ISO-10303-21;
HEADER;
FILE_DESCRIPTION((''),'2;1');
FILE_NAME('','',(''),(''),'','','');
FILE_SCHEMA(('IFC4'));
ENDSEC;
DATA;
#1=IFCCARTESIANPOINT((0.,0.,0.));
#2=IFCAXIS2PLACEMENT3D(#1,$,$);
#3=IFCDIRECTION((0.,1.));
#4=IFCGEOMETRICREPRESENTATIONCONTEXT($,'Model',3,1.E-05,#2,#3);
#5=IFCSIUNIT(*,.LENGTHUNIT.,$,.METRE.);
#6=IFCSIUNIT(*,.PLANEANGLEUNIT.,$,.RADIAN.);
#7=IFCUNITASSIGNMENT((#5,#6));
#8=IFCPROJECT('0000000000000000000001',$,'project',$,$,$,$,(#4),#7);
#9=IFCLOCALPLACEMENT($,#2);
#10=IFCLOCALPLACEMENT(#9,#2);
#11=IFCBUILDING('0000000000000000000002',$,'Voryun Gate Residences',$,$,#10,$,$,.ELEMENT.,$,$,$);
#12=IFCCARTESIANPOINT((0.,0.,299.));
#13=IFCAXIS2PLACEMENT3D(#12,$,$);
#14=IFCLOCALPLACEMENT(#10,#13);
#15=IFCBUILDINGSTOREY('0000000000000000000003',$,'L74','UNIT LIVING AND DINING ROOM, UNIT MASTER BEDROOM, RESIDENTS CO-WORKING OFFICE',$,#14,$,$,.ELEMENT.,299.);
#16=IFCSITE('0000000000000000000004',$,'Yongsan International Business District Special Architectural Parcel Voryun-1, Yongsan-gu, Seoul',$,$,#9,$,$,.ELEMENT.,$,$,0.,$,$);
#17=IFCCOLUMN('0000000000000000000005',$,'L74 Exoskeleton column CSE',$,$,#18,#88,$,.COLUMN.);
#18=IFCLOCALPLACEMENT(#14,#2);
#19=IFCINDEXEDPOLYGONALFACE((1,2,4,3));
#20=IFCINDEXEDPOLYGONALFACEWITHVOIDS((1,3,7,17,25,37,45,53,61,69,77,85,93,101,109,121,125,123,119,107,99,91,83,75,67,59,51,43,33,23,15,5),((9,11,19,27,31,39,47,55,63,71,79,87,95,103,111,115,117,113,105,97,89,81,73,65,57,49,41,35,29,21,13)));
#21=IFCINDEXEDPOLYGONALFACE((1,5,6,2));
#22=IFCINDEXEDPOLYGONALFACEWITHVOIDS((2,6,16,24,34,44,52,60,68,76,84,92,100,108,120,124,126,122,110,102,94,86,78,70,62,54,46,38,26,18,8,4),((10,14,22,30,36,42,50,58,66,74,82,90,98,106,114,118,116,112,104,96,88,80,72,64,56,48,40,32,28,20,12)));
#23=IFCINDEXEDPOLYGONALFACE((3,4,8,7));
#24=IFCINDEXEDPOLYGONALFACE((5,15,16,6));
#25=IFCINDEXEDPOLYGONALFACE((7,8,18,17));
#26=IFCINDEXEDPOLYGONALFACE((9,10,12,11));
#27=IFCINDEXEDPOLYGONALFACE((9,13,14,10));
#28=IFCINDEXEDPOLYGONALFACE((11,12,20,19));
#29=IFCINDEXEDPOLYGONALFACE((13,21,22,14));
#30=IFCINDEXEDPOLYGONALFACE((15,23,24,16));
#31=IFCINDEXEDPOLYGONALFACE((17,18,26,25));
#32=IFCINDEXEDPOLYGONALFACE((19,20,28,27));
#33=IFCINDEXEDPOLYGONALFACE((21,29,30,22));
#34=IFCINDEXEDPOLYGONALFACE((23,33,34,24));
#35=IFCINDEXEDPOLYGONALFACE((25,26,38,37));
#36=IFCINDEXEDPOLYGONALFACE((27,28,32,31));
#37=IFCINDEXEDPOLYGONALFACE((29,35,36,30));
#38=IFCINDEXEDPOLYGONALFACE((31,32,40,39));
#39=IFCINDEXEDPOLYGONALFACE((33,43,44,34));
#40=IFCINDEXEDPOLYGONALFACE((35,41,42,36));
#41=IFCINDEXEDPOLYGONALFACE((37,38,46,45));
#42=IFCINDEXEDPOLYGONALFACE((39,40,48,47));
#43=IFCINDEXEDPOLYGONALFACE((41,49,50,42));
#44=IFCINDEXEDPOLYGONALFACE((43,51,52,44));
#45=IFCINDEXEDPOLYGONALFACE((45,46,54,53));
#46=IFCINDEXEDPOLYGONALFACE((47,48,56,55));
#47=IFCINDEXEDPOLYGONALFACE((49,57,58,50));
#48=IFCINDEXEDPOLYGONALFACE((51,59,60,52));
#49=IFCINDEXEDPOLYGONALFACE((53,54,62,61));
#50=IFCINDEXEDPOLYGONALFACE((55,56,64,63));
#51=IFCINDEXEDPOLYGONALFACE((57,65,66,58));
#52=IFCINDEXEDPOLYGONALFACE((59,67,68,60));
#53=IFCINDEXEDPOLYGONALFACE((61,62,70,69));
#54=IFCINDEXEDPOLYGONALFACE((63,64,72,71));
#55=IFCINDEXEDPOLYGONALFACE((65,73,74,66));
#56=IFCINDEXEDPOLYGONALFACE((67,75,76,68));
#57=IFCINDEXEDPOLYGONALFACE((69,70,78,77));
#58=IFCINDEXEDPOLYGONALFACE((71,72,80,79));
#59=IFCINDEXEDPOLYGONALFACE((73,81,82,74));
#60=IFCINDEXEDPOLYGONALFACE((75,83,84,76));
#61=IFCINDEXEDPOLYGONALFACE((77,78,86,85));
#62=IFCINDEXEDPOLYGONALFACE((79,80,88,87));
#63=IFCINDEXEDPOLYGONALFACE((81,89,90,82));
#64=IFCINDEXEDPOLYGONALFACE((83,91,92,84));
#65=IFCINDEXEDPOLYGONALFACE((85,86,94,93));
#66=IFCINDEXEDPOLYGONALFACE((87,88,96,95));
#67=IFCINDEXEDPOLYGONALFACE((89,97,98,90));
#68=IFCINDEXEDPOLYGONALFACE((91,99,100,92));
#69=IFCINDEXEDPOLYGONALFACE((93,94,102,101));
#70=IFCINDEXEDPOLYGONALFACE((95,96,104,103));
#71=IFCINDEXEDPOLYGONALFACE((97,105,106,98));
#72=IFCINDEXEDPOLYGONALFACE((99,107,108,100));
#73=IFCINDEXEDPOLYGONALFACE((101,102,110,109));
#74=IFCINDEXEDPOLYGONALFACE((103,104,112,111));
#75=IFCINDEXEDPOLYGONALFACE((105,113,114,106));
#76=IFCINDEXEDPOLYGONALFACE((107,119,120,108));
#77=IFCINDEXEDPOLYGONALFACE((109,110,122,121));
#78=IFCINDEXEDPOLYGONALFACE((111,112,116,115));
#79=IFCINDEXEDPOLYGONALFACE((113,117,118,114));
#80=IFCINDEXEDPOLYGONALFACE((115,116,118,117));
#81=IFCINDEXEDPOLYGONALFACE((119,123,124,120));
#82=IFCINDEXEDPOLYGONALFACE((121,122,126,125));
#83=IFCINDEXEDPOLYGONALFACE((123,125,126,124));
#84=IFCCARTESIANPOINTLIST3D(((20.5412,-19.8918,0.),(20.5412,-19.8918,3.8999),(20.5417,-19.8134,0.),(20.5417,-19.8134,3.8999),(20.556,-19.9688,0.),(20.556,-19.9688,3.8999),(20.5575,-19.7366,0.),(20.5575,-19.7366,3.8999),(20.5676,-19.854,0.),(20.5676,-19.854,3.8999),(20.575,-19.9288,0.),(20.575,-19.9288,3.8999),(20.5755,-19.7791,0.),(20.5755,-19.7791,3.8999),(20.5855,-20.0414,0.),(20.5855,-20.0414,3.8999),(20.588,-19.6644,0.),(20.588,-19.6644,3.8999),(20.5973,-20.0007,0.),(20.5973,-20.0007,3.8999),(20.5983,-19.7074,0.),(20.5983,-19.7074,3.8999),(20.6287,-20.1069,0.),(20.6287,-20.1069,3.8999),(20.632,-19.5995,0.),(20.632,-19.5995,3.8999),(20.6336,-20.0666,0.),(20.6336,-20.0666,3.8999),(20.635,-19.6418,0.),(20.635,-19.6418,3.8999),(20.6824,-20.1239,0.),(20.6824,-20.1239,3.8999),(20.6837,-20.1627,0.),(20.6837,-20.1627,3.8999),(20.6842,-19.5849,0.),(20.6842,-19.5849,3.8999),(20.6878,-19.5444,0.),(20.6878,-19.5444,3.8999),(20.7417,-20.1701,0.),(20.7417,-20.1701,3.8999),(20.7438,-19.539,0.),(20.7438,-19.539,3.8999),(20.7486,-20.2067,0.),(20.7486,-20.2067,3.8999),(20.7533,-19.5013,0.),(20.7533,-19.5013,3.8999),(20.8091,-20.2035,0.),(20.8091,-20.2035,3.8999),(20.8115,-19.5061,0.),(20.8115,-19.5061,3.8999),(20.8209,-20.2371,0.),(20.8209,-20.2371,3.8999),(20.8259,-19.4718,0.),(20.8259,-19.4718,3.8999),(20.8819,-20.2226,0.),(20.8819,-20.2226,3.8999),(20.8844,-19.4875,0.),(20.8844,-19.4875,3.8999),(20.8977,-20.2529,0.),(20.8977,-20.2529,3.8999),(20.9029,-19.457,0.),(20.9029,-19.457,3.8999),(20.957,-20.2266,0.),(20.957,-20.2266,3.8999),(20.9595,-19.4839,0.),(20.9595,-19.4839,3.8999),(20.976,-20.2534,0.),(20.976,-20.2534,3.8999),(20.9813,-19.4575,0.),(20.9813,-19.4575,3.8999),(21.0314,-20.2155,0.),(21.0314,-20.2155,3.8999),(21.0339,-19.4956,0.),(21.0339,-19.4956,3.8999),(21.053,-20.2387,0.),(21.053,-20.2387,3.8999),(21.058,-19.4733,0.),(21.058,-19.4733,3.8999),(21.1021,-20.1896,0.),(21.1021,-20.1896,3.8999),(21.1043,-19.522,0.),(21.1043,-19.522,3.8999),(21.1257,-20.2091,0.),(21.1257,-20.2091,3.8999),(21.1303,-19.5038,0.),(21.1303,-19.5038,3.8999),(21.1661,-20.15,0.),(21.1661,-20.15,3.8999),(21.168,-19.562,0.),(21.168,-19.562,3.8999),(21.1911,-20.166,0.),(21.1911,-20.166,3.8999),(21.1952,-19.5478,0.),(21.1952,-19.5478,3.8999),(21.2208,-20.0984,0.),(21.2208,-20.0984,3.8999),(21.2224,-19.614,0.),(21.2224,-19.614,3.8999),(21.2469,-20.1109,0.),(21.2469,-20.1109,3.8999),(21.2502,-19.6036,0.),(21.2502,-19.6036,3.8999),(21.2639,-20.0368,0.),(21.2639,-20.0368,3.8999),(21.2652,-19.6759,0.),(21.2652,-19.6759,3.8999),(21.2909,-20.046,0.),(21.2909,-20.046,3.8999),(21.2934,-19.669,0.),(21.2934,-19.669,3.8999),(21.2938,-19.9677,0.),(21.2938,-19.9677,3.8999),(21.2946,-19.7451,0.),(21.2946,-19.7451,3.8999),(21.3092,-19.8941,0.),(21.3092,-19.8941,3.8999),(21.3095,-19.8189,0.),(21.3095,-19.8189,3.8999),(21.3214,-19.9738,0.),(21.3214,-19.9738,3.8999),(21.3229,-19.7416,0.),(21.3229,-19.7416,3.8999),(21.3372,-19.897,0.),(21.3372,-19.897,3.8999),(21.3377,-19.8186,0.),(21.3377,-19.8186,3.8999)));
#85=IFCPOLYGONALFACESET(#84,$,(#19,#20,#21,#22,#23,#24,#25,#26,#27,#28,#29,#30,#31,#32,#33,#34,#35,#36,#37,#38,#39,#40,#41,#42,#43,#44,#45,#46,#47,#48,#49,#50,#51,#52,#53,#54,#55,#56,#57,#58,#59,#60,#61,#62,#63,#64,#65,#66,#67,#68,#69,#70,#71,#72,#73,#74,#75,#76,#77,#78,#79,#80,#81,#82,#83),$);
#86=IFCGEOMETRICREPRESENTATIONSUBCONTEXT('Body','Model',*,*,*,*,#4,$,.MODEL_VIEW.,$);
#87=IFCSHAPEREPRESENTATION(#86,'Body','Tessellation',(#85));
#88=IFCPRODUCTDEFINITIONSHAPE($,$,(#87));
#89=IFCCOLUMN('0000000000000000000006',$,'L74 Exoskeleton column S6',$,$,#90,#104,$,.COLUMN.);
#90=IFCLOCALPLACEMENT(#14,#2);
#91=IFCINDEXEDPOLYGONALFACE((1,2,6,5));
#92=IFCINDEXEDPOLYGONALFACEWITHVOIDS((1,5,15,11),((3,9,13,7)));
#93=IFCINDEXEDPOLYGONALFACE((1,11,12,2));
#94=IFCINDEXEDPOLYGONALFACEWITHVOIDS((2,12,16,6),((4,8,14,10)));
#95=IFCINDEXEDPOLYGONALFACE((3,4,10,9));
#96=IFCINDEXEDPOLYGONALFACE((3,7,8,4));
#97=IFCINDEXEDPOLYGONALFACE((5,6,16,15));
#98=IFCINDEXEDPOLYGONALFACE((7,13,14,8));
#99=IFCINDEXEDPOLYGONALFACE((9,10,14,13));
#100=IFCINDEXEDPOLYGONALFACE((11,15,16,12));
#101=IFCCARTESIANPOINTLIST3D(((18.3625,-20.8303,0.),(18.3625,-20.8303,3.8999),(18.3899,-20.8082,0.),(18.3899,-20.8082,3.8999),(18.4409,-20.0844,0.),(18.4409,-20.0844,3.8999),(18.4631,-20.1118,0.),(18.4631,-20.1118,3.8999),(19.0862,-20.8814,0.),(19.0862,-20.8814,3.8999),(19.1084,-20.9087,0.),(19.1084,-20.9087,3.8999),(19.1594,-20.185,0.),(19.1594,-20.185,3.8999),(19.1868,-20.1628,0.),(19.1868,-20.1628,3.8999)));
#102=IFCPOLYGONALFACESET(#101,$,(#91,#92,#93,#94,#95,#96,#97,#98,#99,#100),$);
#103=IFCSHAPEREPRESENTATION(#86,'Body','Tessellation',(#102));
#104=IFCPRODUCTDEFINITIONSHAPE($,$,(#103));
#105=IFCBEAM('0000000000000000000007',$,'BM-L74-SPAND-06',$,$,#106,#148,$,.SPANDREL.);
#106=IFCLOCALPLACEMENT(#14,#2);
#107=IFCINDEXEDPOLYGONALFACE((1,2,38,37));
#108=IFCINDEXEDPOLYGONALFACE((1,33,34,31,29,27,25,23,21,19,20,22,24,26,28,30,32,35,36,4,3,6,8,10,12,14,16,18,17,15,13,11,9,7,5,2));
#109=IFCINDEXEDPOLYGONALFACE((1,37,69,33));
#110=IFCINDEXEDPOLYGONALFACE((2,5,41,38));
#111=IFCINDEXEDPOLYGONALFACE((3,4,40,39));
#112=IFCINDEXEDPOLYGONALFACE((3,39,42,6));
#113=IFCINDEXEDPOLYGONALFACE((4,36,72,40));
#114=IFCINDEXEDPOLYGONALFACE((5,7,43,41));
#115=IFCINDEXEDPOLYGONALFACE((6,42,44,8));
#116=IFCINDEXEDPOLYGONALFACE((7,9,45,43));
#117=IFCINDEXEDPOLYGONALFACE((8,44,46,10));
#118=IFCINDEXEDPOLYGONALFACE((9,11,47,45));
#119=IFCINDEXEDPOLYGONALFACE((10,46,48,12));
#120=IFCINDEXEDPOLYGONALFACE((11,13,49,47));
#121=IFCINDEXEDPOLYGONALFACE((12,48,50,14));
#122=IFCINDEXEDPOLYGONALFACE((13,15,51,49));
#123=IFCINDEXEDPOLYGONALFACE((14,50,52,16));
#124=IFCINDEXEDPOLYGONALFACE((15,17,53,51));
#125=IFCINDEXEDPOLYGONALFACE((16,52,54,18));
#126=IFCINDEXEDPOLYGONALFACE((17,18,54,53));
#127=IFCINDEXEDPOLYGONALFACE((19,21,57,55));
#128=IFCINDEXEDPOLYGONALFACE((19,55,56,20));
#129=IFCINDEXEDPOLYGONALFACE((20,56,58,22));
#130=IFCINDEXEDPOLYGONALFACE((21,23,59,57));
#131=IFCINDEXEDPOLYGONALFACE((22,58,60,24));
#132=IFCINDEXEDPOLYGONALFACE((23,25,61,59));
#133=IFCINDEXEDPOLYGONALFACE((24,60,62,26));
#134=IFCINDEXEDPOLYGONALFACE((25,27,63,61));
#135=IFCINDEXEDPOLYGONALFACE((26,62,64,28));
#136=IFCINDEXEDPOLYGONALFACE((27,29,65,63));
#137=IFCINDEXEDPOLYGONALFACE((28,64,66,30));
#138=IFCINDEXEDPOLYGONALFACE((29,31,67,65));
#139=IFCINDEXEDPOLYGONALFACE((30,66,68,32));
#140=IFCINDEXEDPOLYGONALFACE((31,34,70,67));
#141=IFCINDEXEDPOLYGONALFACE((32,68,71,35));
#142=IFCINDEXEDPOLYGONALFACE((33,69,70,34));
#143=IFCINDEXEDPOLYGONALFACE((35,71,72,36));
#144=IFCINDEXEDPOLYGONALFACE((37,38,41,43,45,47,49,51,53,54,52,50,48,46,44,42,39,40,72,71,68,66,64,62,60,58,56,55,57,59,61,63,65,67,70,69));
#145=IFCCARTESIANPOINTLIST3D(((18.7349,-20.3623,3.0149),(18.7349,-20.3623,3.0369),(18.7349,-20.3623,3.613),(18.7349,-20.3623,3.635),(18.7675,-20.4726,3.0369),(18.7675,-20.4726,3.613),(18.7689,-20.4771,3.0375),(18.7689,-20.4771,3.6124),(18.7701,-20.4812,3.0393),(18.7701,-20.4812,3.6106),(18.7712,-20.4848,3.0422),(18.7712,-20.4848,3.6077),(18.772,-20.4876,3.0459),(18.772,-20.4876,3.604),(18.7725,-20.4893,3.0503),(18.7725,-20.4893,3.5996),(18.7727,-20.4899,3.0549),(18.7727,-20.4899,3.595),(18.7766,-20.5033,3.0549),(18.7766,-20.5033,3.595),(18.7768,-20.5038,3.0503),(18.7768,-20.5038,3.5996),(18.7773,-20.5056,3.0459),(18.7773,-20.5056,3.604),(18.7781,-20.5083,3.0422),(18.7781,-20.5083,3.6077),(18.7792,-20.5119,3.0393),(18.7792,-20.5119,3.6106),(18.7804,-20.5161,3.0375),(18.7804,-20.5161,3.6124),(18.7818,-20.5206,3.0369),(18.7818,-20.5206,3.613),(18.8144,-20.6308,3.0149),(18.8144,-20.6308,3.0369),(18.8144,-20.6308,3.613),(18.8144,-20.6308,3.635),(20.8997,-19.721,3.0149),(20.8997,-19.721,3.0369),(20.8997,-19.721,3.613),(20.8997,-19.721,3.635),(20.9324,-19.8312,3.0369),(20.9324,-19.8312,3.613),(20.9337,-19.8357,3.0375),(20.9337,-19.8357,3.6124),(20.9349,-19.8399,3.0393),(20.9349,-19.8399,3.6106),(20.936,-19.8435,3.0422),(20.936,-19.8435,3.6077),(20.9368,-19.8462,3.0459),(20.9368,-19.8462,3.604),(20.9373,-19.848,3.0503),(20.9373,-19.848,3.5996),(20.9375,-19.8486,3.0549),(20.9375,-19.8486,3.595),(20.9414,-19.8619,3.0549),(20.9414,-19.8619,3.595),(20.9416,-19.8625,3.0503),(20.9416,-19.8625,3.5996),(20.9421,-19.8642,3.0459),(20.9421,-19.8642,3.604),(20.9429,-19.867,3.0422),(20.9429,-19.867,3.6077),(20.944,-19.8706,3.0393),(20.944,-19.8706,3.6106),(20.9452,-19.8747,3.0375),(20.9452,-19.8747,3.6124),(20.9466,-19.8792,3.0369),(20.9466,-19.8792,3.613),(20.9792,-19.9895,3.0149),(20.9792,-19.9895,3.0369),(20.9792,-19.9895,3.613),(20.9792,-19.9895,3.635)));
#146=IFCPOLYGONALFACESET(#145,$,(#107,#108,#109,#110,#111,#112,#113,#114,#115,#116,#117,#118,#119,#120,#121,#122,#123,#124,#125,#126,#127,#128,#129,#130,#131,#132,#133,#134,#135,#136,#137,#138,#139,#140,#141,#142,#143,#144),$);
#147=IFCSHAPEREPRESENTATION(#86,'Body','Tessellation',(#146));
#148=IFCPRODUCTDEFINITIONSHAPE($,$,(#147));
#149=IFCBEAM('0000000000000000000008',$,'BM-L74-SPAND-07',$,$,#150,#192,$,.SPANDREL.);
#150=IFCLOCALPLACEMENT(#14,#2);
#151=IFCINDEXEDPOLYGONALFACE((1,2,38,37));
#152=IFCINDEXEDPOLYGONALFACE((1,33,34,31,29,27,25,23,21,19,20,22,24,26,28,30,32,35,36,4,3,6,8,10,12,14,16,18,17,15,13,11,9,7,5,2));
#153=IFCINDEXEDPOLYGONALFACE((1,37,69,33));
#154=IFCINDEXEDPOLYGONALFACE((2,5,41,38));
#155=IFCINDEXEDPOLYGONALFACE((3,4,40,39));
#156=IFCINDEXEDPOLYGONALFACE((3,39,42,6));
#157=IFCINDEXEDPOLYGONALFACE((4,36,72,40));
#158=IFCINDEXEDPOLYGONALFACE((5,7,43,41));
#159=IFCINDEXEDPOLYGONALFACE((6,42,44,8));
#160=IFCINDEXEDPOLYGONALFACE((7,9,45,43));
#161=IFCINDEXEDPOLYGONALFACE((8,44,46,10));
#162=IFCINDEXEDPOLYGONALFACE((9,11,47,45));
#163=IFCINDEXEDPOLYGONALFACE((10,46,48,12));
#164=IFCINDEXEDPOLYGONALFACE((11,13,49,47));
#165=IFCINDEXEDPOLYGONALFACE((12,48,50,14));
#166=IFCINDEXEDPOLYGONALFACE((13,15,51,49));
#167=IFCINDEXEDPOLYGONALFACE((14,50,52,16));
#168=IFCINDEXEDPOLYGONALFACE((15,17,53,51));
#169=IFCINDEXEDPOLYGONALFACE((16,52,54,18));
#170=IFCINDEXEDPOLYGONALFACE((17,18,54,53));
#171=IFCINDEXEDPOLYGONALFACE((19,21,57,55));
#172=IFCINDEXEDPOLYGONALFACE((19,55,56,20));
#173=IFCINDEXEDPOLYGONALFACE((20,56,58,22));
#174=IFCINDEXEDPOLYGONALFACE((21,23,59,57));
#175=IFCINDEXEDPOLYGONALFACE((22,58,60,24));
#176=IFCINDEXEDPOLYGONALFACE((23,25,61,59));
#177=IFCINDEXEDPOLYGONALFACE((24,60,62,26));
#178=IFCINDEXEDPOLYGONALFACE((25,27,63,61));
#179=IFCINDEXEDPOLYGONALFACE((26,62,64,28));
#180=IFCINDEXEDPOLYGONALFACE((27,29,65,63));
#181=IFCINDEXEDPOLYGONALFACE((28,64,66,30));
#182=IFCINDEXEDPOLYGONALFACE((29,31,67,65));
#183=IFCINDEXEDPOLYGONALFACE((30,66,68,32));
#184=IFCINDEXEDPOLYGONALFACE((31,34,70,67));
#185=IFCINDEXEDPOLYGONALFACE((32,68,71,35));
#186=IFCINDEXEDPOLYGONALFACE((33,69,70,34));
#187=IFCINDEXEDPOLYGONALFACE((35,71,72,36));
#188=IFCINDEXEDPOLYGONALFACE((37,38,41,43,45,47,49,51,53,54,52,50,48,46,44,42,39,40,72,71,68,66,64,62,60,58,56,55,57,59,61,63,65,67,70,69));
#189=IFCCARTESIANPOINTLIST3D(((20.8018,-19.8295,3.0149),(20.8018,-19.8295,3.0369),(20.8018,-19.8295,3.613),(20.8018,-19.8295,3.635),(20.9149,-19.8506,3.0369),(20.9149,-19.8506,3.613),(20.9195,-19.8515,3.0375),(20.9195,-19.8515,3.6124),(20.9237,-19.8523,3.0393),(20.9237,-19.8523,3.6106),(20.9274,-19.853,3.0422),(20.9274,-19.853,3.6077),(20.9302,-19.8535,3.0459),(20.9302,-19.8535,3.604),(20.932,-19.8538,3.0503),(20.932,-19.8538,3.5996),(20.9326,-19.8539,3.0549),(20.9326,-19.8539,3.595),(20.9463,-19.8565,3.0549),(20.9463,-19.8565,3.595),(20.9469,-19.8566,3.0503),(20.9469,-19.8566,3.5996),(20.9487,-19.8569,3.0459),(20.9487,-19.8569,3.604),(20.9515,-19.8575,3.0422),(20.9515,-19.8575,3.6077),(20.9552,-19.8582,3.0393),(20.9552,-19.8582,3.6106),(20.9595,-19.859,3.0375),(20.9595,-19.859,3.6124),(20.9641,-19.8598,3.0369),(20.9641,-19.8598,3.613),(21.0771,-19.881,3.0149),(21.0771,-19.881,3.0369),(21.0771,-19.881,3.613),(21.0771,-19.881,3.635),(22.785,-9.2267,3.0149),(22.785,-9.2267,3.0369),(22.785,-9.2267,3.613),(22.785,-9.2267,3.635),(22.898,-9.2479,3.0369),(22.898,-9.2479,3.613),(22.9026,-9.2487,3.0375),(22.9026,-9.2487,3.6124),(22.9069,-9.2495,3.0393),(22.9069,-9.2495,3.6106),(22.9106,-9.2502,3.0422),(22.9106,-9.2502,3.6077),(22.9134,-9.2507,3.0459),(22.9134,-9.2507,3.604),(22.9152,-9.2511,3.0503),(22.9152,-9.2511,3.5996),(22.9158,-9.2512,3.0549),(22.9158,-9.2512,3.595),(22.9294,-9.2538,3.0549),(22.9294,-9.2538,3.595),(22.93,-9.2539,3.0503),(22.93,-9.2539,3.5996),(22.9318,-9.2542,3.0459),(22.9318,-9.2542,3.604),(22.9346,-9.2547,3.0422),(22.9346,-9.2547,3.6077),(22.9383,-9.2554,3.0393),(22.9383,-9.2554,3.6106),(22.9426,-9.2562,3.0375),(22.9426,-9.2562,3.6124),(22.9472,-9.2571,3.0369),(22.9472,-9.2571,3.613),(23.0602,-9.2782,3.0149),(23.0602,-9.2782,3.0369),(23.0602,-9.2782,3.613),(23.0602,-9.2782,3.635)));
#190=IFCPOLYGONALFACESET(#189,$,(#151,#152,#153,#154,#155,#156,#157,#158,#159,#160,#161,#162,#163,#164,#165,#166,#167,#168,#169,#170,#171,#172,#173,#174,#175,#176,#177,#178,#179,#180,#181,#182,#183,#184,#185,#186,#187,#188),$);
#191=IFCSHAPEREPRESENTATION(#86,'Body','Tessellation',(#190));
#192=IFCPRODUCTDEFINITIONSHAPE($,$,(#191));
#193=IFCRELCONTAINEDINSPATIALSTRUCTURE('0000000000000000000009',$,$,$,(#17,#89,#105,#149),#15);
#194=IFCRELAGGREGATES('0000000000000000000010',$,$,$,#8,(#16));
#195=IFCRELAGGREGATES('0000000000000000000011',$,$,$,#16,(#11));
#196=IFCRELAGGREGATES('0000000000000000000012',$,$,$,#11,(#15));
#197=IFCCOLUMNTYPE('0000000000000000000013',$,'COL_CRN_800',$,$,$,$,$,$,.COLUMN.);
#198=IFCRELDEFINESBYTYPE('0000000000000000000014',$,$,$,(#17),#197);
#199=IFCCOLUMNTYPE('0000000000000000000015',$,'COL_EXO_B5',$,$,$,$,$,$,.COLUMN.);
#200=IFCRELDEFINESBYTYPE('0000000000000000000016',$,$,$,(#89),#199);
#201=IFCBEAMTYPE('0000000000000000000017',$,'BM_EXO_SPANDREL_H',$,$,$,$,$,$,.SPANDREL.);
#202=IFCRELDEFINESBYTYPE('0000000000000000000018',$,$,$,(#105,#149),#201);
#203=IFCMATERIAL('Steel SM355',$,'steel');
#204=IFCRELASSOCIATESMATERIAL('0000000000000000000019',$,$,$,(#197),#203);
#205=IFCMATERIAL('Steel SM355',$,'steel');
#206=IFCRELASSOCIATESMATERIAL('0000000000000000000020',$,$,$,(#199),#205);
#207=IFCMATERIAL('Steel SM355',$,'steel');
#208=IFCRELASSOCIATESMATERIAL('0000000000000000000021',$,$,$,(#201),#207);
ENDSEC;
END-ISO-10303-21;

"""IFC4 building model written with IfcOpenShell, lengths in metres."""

from ifc_helpers import new_model, si_unit, direction, frame, origin, origin_2d, place, context, subcontext, project, spatial, hollow_rectangle, hollow_circle, i_section, extrude, material, material_profile, profile_set, type_object, element, save


model = new_model("IFC4")

# Units and contexts
model_context = context("Model", 3, precision=1e-05, world=origin(), true_north=direction((0.0, 1.0)))
body_context = subcontext(model_context, "Body", "Model", "MODEL_VIEW")
ifc_project = project(units=[si_unit("LENGTHUNIT", "METRE"), si_unit("PLANEANGLEUNIT", "RADIAN")], contexts=[model_context])

# Site, building, storey
site_placement = place(None, origin())
site = spatial("IfcSite", under=ifc_project, at=site_placement, Name="Yongsan International Business District Special Architectural Parcel Voryun-1, Yongsan-gu, Seoul", CompositionType="ELEMENT", RefElevation=0.0)
building_placement = place(site_placement, origin())
building = spatial("IfcBuilding", under=site, at=building_placement, Name="Voryun Gate Residences", CompositionType="ELEMENT")
storey_placement = place(building_placement, frame((0.0, 0.0, 299.0)))
storey = spatial("IfcBuildingStorey", under=building, at=storey_placement, Name="L74", Description="UNIT LIVING AND DINING ROOM, UNIT MASTER BEDROOM, RESIDENTS CO-WORKING OFFICE", CompositionType="ELEMENT", Elevation=299.0)

# Columns
ifc_material_1 = material(Name="Steel SM355", Category="steel")
ifc_material_profile_1 = material_profile(ifc_material_1, hollow_circle(Radius=0.3999, WallThickness=0.0281, at=origin_2d()), Name="CHS-800x28")
ifc_profile_set_1 = profile_set([ifc_material_profile_1], Name="Steel SM355")
column_type_1 = type_object("IfcColumnType", Name="COL_CRN_800", PredefinedType="COLUMN", material=ifc_profile_set_1)
column_1_placement = place(storey_placement, frame((20.9395, -19.8552, 0.0), z_axis=(0.0, 0.0, 1.0), x_axis=(0.994522, -0.104528, 0.0)))
element("IfcColumn", 1, at=column_1_placement, inside=storey, type_object=column_type_1, Name="L74 Exoskeleton column CSE", PredefinedType="COLUMN", context=body_context, shape_type="SweptSolid", body=[
    extrude(hollow_circle(Radius=0.3999, WallThickness=0.0281, at=origin_2d()), origin(), (0.0, 0.0, 1.0), 3.8999),
])
ifc_material_2 = material(Name="Steel SM355", Category="steel")
ifc_material_profile_2 = material_profile(ifc_material_2, hollow_rectangle(XDim=0.75, YDim=0.75, WallThickness=0.0249, at=origin_2d()), Name="BOX-750x750x25")
ifc_profile_set_2 = profile_set([ifc_material_profile_2], Name="Steel SM355")
column_type_2 = type_object("IfcColumnType", Name="COL_EXO_B5", PredefinedType="COLUMN", material=ifc_profile_set_2)
column_2_placement = place(storey_placement, frame((18.7747, -20.4966, 0.0), z_axis=(0.0, 0.0, 1.0), x_axis=(0.994522, -0.104528, 0.0)))
element("IfcColumn", 2, at=column_2_placement, inside=storey, type_object=column_type_2, Name="L74 Exoskeleton column S6", PredefinedType="COLUMN", context=body_context, shape_type="SweptSolid", body=[
    extrude(hollow_rectangle(XDim=0.75, YDim=0.75, WallThickness=0.0249, at=origin_2d()), origin(), (0.0, 0.0, 1.0), 3.8999),
])

# Beams
ifc_material_3 = material(Name="Steel SM355", Category="steel")
ifc_material_profile_3 = material_profile(ifc_material_3, i_section(OverallWidth=0.28, OverallDepth=0.6201, WebThickness=0.0139, FlangeThickness=0.022, FilletRadius=0.0181, at=origin_2d()), Name="H-620x280x14x22")
ifc_profile_set_3 = profile_set([ifc_material_profile_3], Name="Steel SM355")
beam_type = type_object("IfcBeamType", Name="BM_EXO_SPANDREL_H", PredefinedType="SPANDREL", material=ifc_profile_set_3)
beam_1_placement = place(storey_placement, frame((18.7747, -20.4966, 3.325), z_axis=(0.958806, 0.284063, 0.0), x_axis=(-0.284063, 0.958806, 0.0)))
element("IfcBeam", 3, at=beam_1_placement, inside=storey, type_object=beam_type, Name="BM-L74-SPAND-06", PredefinedType="SPANDREL", context=body_context, shape_type="SweptSolid", body=[
    extrude(i_section(OverallWidth=0.28, OverallDepth=0.6201, WebThickness=0.0139, FlangeThickness=0.022, FilletRadius=0.0181, at=origin_2d()), origin(), (0.0, 0.0, 1.0), 2.2578),
])
beam_2_placement = place(storey_placement, frame((20.9395, -19.8552, 3.325), z_axis=(0.183853, 0.982954, 0.0), x_axis=(-0.982954, 0.183853, 0.0)))
element("IfcBeam", 4, at=beam_2_placement, inside=storey, type_object=beam_type, Name="BM-L74-SPAND-07", PredefinedType="SPANDREL", context=body_context, shape_type="SweptSolid", body=[
    extrude(i_section(OverallWidth=0.28, OverallDepth=0.6201, WebThickness=0.0139, FlangeThickness=0.022, FilletRadius=0.0181, at=origin_2d()), origin(), (0.0, 0.0, 1.0), 10.7866),
])

save(model, "model.ifc")
